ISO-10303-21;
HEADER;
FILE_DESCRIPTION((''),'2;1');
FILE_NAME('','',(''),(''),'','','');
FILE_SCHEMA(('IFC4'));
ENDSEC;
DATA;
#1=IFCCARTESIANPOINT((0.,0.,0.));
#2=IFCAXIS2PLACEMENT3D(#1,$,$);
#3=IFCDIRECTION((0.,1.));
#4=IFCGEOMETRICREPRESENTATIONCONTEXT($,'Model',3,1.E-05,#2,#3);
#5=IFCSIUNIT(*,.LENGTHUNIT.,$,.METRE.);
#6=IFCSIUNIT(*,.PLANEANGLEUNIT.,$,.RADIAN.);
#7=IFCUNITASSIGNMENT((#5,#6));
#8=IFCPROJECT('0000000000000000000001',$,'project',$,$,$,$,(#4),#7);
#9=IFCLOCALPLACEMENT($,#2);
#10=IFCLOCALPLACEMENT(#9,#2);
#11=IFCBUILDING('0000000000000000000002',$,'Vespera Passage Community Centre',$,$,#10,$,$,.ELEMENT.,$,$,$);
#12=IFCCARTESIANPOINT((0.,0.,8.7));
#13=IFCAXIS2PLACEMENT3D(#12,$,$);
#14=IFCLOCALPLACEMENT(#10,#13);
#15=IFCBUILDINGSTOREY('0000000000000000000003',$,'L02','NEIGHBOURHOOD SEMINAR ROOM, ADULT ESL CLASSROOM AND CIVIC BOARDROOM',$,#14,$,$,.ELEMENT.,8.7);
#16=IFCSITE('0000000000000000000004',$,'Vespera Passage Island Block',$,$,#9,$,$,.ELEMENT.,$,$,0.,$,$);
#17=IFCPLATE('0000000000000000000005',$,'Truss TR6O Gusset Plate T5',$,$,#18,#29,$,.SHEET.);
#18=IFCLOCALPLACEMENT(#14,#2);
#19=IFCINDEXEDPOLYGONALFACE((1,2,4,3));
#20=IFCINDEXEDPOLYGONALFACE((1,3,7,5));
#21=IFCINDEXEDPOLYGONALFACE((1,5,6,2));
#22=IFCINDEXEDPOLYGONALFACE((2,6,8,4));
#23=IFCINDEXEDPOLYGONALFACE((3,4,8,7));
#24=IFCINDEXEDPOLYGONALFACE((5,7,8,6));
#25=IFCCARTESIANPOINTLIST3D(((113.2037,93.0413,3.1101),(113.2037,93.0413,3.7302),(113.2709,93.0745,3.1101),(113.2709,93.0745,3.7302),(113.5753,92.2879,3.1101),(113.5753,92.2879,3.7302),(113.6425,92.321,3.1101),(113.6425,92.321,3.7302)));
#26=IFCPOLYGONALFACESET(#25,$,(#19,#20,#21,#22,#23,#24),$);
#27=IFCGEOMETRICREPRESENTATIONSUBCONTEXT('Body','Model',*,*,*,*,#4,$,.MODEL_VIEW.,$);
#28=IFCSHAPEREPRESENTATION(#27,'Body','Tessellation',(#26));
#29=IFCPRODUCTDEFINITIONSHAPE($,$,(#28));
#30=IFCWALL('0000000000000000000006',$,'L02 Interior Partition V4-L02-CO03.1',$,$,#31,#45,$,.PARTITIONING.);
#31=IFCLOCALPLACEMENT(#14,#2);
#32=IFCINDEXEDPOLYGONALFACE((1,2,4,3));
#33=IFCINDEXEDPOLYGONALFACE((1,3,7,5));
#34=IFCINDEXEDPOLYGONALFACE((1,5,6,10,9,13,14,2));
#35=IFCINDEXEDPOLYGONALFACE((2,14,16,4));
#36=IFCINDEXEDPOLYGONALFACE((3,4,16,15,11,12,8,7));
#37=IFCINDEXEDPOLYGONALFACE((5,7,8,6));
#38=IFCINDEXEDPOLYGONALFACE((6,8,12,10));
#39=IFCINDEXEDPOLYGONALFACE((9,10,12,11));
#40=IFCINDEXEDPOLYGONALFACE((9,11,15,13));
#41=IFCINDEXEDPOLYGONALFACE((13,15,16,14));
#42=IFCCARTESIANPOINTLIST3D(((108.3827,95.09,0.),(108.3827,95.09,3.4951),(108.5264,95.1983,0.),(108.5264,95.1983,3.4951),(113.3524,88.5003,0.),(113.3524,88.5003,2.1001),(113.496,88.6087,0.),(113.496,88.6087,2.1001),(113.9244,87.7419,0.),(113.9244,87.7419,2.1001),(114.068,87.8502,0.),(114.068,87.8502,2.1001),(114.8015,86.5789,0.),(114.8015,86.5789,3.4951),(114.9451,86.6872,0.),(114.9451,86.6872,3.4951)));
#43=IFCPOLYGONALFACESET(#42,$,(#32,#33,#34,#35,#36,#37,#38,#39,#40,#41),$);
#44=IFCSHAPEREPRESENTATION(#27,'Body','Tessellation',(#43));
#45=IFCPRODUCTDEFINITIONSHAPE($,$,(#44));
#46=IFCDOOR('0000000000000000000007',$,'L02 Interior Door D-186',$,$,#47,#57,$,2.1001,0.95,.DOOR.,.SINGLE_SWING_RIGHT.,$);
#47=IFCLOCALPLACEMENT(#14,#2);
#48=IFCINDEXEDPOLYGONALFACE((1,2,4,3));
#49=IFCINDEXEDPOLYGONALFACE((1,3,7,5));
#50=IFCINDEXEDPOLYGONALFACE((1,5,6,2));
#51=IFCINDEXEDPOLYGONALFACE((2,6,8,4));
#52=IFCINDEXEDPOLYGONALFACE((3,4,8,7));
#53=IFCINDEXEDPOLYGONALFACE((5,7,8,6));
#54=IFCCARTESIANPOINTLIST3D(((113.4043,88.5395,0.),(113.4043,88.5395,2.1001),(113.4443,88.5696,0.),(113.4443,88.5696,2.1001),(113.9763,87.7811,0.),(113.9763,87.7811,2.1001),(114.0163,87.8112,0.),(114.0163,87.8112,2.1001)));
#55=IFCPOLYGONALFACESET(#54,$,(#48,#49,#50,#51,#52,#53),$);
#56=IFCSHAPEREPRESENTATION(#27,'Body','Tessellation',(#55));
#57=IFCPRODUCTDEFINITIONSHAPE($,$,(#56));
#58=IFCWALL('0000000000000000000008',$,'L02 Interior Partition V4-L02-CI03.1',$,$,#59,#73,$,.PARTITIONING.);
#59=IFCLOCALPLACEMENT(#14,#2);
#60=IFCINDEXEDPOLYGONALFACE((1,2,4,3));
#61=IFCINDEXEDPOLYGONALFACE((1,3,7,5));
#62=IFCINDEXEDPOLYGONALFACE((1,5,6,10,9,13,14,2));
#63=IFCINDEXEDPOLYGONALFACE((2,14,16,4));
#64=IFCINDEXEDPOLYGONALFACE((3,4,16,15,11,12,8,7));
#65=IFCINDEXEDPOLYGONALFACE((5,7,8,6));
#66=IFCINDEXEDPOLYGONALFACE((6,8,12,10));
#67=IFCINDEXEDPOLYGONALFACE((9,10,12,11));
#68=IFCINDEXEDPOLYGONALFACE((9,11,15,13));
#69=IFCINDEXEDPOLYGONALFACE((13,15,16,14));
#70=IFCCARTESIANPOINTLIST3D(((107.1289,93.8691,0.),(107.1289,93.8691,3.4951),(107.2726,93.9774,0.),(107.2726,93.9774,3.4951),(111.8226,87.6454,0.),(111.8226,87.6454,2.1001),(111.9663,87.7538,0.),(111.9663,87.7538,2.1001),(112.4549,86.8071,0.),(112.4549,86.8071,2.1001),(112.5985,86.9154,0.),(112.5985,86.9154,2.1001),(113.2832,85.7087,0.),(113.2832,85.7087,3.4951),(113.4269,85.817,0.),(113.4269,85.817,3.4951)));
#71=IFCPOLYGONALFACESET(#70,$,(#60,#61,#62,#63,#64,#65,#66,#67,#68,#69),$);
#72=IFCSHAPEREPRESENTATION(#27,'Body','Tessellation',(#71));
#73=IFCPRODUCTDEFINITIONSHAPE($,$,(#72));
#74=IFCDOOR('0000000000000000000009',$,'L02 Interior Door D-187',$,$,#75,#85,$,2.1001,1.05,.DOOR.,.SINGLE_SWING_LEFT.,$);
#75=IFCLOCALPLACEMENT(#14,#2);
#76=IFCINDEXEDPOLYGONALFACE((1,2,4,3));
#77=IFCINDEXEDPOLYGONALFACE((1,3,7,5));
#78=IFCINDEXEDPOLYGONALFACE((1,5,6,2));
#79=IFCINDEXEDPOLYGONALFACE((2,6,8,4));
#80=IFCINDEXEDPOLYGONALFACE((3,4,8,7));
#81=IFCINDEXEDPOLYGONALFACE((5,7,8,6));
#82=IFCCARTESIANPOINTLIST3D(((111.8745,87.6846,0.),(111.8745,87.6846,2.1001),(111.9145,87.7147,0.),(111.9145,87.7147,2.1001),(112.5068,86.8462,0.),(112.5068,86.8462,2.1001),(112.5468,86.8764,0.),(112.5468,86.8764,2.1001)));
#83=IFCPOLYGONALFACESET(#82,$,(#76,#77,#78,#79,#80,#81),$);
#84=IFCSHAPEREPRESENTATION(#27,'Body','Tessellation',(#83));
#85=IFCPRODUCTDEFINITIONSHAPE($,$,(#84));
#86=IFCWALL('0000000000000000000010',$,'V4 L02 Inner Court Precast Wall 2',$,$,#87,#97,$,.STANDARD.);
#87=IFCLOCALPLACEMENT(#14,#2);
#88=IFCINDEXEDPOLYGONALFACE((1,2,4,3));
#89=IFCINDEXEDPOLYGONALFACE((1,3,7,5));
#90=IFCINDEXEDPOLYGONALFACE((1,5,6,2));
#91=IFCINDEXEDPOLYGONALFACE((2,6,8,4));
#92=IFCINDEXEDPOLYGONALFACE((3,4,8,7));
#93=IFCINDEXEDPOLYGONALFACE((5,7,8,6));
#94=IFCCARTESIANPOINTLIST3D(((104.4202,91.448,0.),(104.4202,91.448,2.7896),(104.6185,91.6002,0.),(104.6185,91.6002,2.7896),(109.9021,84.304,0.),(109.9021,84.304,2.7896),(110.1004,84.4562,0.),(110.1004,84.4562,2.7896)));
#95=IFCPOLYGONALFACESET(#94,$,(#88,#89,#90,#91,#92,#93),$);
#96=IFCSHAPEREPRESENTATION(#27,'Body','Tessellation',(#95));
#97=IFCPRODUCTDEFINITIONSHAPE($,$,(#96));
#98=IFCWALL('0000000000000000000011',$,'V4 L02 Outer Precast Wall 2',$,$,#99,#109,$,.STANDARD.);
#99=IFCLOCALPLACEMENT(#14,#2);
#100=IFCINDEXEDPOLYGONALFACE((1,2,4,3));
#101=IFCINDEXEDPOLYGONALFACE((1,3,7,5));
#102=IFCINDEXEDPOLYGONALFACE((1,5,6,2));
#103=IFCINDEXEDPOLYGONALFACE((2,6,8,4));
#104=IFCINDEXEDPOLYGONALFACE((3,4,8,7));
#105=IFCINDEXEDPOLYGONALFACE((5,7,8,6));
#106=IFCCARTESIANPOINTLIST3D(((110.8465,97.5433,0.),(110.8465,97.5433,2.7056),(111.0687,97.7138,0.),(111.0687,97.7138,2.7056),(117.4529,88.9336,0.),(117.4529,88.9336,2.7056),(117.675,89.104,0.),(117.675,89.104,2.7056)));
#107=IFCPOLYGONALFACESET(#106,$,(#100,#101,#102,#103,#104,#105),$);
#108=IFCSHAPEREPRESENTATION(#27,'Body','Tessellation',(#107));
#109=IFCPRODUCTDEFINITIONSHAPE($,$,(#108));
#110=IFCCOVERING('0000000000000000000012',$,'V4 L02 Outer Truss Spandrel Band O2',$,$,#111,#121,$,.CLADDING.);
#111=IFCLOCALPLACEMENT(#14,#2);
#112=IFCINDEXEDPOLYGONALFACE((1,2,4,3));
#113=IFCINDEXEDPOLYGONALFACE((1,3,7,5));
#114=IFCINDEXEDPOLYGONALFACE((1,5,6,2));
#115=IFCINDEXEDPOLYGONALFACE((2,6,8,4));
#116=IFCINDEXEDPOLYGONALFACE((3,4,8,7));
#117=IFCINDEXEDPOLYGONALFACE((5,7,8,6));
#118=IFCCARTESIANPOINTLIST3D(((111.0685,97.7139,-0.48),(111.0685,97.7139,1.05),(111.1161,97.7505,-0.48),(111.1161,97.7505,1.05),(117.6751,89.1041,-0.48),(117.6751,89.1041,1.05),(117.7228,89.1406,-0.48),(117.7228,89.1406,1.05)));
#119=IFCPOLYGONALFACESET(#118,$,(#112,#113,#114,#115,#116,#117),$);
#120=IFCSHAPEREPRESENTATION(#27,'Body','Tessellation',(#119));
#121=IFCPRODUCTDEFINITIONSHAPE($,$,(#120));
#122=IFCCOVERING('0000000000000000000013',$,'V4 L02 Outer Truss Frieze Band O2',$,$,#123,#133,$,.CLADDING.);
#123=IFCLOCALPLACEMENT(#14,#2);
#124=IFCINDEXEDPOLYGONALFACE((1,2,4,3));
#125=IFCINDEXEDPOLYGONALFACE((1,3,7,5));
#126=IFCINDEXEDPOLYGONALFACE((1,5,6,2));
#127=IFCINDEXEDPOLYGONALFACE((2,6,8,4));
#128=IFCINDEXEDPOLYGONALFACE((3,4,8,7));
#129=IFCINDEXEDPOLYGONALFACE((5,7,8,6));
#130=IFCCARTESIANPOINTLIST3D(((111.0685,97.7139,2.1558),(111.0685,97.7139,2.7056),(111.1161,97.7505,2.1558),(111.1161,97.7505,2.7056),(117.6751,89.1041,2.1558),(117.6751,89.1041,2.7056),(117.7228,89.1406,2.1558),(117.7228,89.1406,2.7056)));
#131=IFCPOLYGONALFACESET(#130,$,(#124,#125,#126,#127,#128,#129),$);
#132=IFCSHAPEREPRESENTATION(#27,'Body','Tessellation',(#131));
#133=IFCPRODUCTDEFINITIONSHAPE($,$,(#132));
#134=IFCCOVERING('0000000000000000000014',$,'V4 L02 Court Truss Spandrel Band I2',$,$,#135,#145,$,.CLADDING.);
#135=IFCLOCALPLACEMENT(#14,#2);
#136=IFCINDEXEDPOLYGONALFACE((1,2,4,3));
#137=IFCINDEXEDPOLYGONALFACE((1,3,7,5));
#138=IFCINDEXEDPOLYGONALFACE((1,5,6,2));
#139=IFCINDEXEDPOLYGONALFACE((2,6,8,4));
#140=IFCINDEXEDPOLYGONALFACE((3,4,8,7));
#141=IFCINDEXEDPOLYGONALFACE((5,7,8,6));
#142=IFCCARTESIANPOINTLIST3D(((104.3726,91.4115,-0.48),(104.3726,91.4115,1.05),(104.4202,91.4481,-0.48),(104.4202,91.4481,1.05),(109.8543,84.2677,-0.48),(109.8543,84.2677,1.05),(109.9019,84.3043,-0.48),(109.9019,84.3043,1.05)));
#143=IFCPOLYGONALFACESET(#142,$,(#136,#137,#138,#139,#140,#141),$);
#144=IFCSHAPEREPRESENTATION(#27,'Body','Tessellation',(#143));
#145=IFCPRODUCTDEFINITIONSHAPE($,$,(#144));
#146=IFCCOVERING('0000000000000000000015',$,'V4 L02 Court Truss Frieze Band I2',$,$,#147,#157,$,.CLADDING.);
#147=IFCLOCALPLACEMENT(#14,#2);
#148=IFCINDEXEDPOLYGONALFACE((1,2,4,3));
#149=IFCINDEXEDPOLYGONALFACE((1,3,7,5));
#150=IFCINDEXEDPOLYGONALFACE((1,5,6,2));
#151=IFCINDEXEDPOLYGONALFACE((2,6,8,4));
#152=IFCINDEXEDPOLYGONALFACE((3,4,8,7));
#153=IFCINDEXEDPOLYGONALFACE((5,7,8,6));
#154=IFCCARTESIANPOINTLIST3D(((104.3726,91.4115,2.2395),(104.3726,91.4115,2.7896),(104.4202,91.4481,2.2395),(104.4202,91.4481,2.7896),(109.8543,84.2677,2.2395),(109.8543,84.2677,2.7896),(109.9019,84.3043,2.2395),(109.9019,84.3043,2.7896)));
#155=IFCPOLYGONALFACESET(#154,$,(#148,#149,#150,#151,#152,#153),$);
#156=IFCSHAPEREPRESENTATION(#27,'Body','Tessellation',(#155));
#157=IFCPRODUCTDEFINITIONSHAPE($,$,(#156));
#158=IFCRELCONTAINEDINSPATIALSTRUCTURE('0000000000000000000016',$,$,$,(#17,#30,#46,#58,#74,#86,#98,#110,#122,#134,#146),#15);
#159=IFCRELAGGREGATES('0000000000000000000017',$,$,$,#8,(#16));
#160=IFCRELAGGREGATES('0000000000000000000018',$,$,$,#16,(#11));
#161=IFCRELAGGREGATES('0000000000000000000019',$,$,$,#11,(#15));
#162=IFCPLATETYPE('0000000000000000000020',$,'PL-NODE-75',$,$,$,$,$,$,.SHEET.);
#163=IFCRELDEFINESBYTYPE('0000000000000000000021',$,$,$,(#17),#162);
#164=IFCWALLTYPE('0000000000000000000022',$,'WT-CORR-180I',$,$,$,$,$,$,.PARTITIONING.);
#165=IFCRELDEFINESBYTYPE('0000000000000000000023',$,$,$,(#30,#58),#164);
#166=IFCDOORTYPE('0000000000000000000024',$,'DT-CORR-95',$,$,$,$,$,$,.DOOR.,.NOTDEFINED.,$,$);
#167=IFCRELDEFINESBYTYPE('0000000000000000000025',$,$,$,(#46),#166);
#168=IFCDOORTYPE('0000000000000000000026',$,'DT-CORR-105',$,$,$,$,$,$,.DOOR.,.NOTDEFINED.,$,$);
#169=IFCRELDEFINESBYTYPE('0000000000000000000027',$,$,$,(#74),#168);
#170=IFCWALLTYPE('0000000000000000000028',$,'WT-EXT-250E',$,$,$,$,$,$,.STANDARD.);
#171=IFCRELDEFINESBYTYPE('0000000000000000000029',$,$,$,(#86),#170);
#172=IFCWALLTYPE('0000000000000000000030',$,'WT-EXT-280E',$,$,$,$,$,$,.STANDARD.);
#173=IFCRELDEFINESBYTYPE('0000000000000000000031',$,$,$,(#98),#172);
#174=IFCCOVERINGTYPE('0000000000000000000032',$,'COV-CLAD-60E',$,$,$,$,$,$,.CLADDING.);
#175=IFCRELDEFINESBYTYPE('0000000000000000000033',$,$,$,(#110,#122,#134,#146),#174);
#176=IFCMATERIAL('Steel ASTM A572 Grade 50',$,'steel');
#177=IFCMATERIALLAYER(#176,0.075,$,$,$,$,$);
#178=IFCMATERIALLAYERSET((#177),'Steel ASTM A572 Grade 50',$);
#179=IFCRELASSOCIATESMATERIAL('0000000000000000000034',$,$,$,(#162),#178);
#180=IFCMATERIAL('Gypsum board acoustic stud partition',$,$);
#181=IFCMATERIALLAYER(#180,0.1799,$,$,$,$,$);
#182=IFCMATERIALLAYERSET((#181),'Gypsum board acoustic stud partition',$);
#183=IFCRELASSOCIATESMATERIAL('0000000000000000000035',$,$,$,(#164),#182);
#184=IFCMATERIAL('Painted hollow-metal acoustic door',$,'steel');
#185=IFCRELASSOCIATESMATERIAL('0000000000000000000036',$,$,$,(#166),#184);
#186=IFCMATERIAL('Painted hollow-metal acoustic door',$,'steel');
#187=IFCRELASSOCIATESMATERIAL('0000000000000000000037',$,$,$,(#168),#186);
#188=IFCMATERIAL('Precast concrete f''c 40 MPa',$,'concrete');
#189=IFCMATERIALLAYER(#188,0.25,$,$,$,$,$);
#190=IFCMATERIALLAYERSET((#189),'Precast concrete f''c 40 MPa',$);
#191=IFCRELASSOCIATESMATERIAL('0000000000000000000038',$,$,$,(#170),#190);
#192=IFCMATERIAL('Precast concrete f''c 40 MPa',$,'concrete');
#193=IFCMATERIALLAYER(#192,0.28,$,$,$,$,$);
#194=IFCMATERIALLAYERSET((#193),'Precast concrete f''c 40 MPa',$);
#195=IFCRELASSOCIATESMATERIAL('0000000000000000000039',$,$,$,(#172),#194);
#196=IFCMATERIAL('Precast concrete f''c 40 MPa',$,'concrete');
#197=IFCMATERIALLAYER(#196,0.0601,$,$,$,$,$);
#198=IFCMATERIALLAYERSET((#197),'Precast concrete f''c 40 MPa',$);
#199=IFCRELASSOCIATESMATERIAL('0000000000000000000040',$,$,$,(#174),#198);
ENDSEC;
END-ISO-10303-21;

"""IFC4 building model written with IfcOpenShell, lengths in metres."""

from ifc_helpers import new_model, si_unit, direction, frame, frame_2d, origin, origin_2d, place, context, subcontext, project, spatial, rectangle, extrude, material, layer, layer_set, type_object, element, fill, save


model = new_model("IFC4")

# Units and contexts
model_context = context("Model", 3, precision=1e-05, world=origin(), true_north=direction((0.0, 1.0)))
body_context = subcontext(model_context, "Body", "Model", "MODEL_VIEW")
ifc_project = project(units=[si_unit("LENGTHUNIT", "METRE"), si_unit("PLANEANGLEUNIT", "RADIAN")], contexts=[model_context])

# Site, building, storey
site_placement = place(None, origin())
site = spatial("IfcSite", under=ifc_project, at=site_placement, Name="Vespera Passage Island Block", CompositionType="ELEMENT", RefElevation=0.0)
building_placement = place(site_placement, origin())
building = spatial("IfcBuilding", under=site, at=building_placement, Name="Vespera Passage Community Centre", CompositionType="ELEMENT")
storey_placement = place(building_placement, frame((0.0, 0.0, 8.7)))
storey = spatial("IfcBuildingStorey", under=building, at=storey_placement, Name="L02", Description="NEIGHBOURHOOD SEMINAR ROOM, ADULT ESL CLASSROOM AND CIVIC BOARDROOM", CompositionType="ELEMENT", Elevation=8.7)

# Plate
ifc_material_1 = material(Name="Steel ASTM A572 Grade 50", Category="steel")
ifc_layer_1 = layer(ifc_material_1, 0.075)
ifc_layer_set_1 = layer_set([ifc_layer_1], Name="Steel ASTM A572 Grade 50")
plate_type_1 = type_object("IfcPlateType", Name="PL-NODE-75", PredefinedType="SHEET", material=ifc_layer_set_1)
for number, where, z_axis, x_axis, name in (
    (1, (113.4231, 92.6812, 3.1101), (0.0, 0.0, 1.0), (-0.442289, 0.896873, 0.0), "Truss TR6O Gusset Plate T5"),
):
    element("IfcPlate", number, at=place(storey_placement, frame(where, z_axis=z_axis, x_axis=x_axis)), inside=storey, type_object=plate_type_1, Name=name, PredefinedType="SHEET", context=body_context, shape_type="SweptSolid", body=[
        extrude(rectangle(XDim=0.8401, YDim=0.075, at=origin_2d()), origin(), (0.0, 0.0, 1.0), 0.6201),
    ])

# Walls, openings, doors
ifc_material_2 = material(Name="Gypsum board acoustic stud partition")
ifc_layer_2 = layer(ifc_material_2, 0.1799)
ifc_layer_set_2 = layer_set([ifc_layer_2], Name="Gypsum board acoustic stud partition")
wall_type_1 = type_object("IfcWallType", Name="WT-CORR-180I", PredefinedType="PARTITIONING", material=ifc_layer_set_2)
wall_1_placement = place(storey_placement, frame((114.8733, 86.6331, 0.0), z_axis=(0.0, 0.0, 1.0), x_axis=(-0.602127, 0.7984, 0.0)))
wall_1 = element("IfcWall", 2, at=wall_1_placement, inside=storey, type_object=wall_type_1, Name="L02 Interior Partition V4-L02-CO03.1", PredefinedType="PARTITIONING", context=body_context, shape_type="SweptSolid", body=[
    extrude(rectangle(XDim=10.6602, YDim=0.1799, at=frame_2d((5.3301, 0.0))), origin(), (0.0, 0.0, 1.0), 3.4951),
])
opening_1_placement = place(wall_1_placement, frame((1.4565, 0.0, 0.0)))
opening_1 = element("IfcOpeningElement", 3, at=opening_1_placement, cuts=wall_1, PredefinedType="OPENING", context=body_context, shape_type="SweptSolid", body=[
    extrude(rectangle(XDim=0.95, YDim=2.1001, at=frame_2d((0.4751, 1.05))), frame((0.0, 0.0999, 0.0), z_axis=(0.0, -1.0, 0.0), x_axis=(1.0, 0.0, 0.0)), (0.0, 0.0, 1.0), 0.2),
])
ifc_material_3 = material(Name="Painted hollow-metal acoustic door", Category="steel")
door_type_1 = type_object("IfcDoorType", Name="DT-CORR-95", OperationType="NOTDEFINED", PredefinedType="DOOR", material=ifc_material_3)
door_1_placement = place(opening_1_placement, origin())
door_1 = element("IfcDoor", 4, at=door_1_placement, inside=storey, type_object=door_type_1, Name="L02 Interior Door D-186", OperationType="SINGLE_SWING_RIGHT", OverallHeight=2.1001, OverallWidth=0.95, PredefinedType="DOOR", context=body_context, shape_type="SweptSolid", body=[
    extrude(rectangle(XDim=0.95, YDim=2.1001, at=frame_2d((0.4751, 1.05))), frame((0.0, 0.0249, 0.0), z_axis=(0.0, -1.0, 0.0), x_axis=(1.0, 0.0, 0.0)), (0.0, 0.0, 1.0), 0.05),
])
fill(opening_1, door_1)
wall_2_placement = place(storey_placement, frame((113.355, 85.7629, 0.0), z_axis=(0.0, 0.0, 1.0), x_axis=(-0.602127, 0.798401, 0.0)))
wall_2 = element("IfcWall", 5, at=wall_2_placement, inside=storey, type_object=wall_type_1, Name="L02 Interior Partition V4-L02-CI03.1", PredefinedType="PARTITIONING", context=body_context, shape_type="SweptSolid", body=[
    extrude(rectangle(XDim=10.2209, YDim=0.1799, at=frame_2d((5.1104, 0.0))), origin(), (0.0, 0.0, 1.0), 3.4951),
])
opening_2_placement = place(wall_2_placement, frame((1.3757, 0.0, 0.0)))
opening_2 = element("IfcOpeningElement", 6, at=opening_2_placement, cuts=wall_2, PredefinedType="OPENING", context=body_context, shape_type="SweptSolid", body=[
    extrude(rectangle(XDim=1.05, YDim=2.1001, at=frame_2d((0.5249, 1.05))), frame((0.0, 0.0999, 0.0), z_axis=(0.0, -1.0, 0.0), x_axis=(1.0, 0.0, 0.0)), (0.0, 0.0, 1.0), 0.2),
])
ifc_material_4 = material(Name="Painted hollow-metal acoustic door", Category="steel")
door_type_2 = type_object("IfcDoorType", Name="DT-CORR-105", OperationType="NOTDEFINED", PredefinedType="DOOR", material=ifc_material_4)
door_2_placement = place(opening_2_placement, origin())
door_2 = element("IfcDoor", 7, at=door_2_placement, inside=storey, type_object=door_type_2, Name="L02 Interior Door D-187", OperationType="SINGLE_SWING_LEFT", OverallHeight=2.1001, OverallWidth=1.05, PredefinedType="DOOR", context=body_context, shape_type="SweptSolid", body=[
    extrude(rectangle(XDim=1.05, YDim=2.1001, at=frame_2d((0.5249, 1.05))), frame((0.0, 0.0249, 0.0), z_axis=(0.0, -1.0, 0.0), x_axis=(1.0, 0.0, 0.0)), (0.0, 0.0, 1.0), 0.05),
])
fill(opening_2, door_2)

# Walls
ifc_material_5 = material(Name="Precast concrete f'c 40 MPa", Category="concrete")
ifc_layer_3 = layer(ifc_material_5, 0.25)
ifc_layer_set_3 = layer_set([ifc_layer_3], Name="Precast concrete f'c 40 MPa")
wall_type_2 = type_object("IfcWallType", Name="WT-EXT-250E", PredefinedType="STANDARD", material=ifc_layer_set_3)
wall_3_placement = place(storey_placement, frame((110.0012, 84.3801, 0.0), z_axis=(0.0, 0.0, 1.0), x_axis=(-0.60877, 0.793347, 0.0)))
element("IfcWall", 8, at=wall_3_placement, inside=storey, type_object=wall_type_2, Name="V4 L02 Inner Court Precast Wall 2", PredefinedType="STANDARD", context=body_context, shape_type="SweptSolid", body=[
    extrude(rectangle(XDim=9.0049, YDim=0.25, at=frame_2d((4.5024, 0.0))), origin(), (0.0, 0.0, 1.0), 2.7896),
])
ifc_material_6 = material(Name="Precast concrete f'c 40 MPa", Category="concrete")
ifc_layer_4 = layer(ifc_material_6, 0.28)
ifc_layer_set_4 = layer_set([ifc_layer_4], Name="Precast concrete f'c 40 MPa")
wall_type_3 = type_object("IfcWallType", Name="WT-EXT-280E", PredefinedType="STANDARD", material=ifc_layer_set_4)
wall_4_placement = place(storey_placement, frame((110.9575, 97.6287, 0.0), z_axis=(0.0, 0.0, 1.0), x_axis=(0.608754, -0.793359, 0.0)))
element("IfcWall", 9, at=wall_4_placement, inside=storey, type_object=wall_type_3, Name="V4 L02 Outer Precast Wall 2", PredefinedType="STANDARD", context=body_context, shape_type="SweptSolid", body=[
    extrude(rectangle(XDim=10.8523, YDim=0.28, at=frame_2d((5.4263, 0.0))), origin(), (0.0, 0.0, 1.0), 2.7056),
])

# Coverings
ifc_material_7 = material(Name="Precast concrete f'c 40 MPa", Category="concrete")
ifc_layer_5 = layer(ifc_material_7, 0.0601)
ifc_layer_set_5 = layer_set([ifc_layer_5], Name="Precast concrete f'c 40 MPa")
covering_type = type_object("IfcCoveringType", Name="COV-CLAD-60E", PredefinedType="CLADDING", material=ifc_layer_set_5)
covering_1_placement = place(storey_placement, frame((111.0923, 97.7322, -0.48), z_axis=(0.0, 0.0, 1.0), x_axis=(0.608768, -0.793348, 0.0)))
element("IfcCovering", 10, at=covering_1_placement, inside=storey, type_object=covering_type, Name="V4 L02 Outer Truss Spandrel Band O2", PredefinedType="CLADDING", context=body_context, shape_type="SweptSolid", body=[
    extrude(rectangle(XDim=10.8525, YDim=0.0601, at=frame_2d((5.4263, 0.0))), origin(), (0.0, 0.0, 1.0), 1.53),
])
covering_2_placement = place(storey_placement, frame((111.0923, 97.7322, 2.1558), z_axis=(0.0, 0.0, 1.0), x_axis=(0.608768, -0.793348, 0.0)))
element("IfcCovering", 11, at=covering_2_placement, inside=storey, type_object=covering_type, Name="V4 L02 Outer Truss Frieze Band O2", PredefinedType="CLADDING", context=body_context, shape_type="SweptSolid", body=[
    extrude(rectangle(XDim=10.8525, YDim=0.0601, at=frame_2d((5.4263, 0.0))), origin(), (0.0, 0.0, 1.0), 0.5498),
])
covering_3_placement = place(storey_placement, frame((109.8782, 84.2859, -0.48), z_axis=(0.0, 0.0, 1.0), x_axis=(-0.608766, 0.79335, 0.0)))
element("IfcCovering", 12, at=covering_3_placement, inside=storey, type_object=covering_type, Name="V4 L02 Court Truss Spandrel Band I2", PredefinedType="CLADDING", context=body_context, shape_type="SweptSolid", body=[
    extrude(rectangle(XDim=9.0046, YDim=0.0601, at=frame_2d((4.5024, 0.0))), origin(), (0.0, 0.0, 1.0), 1.53),
])
covering_4_placement = place(storey_placement, frame((109.8782, 84.2859, 2.2395), z_axis=(0.0, 0.0, 1.0), x_axis=(-0.608766, 0.79335, 0.0)))
element("IfcCovering", 13, at=covering_4_placement, inside=storey, type_object=covering_type, Name="V4 L02 Court Truss Frieze Band I2", PredefinedType="CLADDING", context=body_context, shape_type="SweptSolid", body=[
    extrude(rectangle(XDim=9.0046, YDim=0.0601, at=frame_2d((4.5024, 0.0))), origin(), (0.0, 0.0, 1.0), 0.55),
])

save(model, "model.ifc")
